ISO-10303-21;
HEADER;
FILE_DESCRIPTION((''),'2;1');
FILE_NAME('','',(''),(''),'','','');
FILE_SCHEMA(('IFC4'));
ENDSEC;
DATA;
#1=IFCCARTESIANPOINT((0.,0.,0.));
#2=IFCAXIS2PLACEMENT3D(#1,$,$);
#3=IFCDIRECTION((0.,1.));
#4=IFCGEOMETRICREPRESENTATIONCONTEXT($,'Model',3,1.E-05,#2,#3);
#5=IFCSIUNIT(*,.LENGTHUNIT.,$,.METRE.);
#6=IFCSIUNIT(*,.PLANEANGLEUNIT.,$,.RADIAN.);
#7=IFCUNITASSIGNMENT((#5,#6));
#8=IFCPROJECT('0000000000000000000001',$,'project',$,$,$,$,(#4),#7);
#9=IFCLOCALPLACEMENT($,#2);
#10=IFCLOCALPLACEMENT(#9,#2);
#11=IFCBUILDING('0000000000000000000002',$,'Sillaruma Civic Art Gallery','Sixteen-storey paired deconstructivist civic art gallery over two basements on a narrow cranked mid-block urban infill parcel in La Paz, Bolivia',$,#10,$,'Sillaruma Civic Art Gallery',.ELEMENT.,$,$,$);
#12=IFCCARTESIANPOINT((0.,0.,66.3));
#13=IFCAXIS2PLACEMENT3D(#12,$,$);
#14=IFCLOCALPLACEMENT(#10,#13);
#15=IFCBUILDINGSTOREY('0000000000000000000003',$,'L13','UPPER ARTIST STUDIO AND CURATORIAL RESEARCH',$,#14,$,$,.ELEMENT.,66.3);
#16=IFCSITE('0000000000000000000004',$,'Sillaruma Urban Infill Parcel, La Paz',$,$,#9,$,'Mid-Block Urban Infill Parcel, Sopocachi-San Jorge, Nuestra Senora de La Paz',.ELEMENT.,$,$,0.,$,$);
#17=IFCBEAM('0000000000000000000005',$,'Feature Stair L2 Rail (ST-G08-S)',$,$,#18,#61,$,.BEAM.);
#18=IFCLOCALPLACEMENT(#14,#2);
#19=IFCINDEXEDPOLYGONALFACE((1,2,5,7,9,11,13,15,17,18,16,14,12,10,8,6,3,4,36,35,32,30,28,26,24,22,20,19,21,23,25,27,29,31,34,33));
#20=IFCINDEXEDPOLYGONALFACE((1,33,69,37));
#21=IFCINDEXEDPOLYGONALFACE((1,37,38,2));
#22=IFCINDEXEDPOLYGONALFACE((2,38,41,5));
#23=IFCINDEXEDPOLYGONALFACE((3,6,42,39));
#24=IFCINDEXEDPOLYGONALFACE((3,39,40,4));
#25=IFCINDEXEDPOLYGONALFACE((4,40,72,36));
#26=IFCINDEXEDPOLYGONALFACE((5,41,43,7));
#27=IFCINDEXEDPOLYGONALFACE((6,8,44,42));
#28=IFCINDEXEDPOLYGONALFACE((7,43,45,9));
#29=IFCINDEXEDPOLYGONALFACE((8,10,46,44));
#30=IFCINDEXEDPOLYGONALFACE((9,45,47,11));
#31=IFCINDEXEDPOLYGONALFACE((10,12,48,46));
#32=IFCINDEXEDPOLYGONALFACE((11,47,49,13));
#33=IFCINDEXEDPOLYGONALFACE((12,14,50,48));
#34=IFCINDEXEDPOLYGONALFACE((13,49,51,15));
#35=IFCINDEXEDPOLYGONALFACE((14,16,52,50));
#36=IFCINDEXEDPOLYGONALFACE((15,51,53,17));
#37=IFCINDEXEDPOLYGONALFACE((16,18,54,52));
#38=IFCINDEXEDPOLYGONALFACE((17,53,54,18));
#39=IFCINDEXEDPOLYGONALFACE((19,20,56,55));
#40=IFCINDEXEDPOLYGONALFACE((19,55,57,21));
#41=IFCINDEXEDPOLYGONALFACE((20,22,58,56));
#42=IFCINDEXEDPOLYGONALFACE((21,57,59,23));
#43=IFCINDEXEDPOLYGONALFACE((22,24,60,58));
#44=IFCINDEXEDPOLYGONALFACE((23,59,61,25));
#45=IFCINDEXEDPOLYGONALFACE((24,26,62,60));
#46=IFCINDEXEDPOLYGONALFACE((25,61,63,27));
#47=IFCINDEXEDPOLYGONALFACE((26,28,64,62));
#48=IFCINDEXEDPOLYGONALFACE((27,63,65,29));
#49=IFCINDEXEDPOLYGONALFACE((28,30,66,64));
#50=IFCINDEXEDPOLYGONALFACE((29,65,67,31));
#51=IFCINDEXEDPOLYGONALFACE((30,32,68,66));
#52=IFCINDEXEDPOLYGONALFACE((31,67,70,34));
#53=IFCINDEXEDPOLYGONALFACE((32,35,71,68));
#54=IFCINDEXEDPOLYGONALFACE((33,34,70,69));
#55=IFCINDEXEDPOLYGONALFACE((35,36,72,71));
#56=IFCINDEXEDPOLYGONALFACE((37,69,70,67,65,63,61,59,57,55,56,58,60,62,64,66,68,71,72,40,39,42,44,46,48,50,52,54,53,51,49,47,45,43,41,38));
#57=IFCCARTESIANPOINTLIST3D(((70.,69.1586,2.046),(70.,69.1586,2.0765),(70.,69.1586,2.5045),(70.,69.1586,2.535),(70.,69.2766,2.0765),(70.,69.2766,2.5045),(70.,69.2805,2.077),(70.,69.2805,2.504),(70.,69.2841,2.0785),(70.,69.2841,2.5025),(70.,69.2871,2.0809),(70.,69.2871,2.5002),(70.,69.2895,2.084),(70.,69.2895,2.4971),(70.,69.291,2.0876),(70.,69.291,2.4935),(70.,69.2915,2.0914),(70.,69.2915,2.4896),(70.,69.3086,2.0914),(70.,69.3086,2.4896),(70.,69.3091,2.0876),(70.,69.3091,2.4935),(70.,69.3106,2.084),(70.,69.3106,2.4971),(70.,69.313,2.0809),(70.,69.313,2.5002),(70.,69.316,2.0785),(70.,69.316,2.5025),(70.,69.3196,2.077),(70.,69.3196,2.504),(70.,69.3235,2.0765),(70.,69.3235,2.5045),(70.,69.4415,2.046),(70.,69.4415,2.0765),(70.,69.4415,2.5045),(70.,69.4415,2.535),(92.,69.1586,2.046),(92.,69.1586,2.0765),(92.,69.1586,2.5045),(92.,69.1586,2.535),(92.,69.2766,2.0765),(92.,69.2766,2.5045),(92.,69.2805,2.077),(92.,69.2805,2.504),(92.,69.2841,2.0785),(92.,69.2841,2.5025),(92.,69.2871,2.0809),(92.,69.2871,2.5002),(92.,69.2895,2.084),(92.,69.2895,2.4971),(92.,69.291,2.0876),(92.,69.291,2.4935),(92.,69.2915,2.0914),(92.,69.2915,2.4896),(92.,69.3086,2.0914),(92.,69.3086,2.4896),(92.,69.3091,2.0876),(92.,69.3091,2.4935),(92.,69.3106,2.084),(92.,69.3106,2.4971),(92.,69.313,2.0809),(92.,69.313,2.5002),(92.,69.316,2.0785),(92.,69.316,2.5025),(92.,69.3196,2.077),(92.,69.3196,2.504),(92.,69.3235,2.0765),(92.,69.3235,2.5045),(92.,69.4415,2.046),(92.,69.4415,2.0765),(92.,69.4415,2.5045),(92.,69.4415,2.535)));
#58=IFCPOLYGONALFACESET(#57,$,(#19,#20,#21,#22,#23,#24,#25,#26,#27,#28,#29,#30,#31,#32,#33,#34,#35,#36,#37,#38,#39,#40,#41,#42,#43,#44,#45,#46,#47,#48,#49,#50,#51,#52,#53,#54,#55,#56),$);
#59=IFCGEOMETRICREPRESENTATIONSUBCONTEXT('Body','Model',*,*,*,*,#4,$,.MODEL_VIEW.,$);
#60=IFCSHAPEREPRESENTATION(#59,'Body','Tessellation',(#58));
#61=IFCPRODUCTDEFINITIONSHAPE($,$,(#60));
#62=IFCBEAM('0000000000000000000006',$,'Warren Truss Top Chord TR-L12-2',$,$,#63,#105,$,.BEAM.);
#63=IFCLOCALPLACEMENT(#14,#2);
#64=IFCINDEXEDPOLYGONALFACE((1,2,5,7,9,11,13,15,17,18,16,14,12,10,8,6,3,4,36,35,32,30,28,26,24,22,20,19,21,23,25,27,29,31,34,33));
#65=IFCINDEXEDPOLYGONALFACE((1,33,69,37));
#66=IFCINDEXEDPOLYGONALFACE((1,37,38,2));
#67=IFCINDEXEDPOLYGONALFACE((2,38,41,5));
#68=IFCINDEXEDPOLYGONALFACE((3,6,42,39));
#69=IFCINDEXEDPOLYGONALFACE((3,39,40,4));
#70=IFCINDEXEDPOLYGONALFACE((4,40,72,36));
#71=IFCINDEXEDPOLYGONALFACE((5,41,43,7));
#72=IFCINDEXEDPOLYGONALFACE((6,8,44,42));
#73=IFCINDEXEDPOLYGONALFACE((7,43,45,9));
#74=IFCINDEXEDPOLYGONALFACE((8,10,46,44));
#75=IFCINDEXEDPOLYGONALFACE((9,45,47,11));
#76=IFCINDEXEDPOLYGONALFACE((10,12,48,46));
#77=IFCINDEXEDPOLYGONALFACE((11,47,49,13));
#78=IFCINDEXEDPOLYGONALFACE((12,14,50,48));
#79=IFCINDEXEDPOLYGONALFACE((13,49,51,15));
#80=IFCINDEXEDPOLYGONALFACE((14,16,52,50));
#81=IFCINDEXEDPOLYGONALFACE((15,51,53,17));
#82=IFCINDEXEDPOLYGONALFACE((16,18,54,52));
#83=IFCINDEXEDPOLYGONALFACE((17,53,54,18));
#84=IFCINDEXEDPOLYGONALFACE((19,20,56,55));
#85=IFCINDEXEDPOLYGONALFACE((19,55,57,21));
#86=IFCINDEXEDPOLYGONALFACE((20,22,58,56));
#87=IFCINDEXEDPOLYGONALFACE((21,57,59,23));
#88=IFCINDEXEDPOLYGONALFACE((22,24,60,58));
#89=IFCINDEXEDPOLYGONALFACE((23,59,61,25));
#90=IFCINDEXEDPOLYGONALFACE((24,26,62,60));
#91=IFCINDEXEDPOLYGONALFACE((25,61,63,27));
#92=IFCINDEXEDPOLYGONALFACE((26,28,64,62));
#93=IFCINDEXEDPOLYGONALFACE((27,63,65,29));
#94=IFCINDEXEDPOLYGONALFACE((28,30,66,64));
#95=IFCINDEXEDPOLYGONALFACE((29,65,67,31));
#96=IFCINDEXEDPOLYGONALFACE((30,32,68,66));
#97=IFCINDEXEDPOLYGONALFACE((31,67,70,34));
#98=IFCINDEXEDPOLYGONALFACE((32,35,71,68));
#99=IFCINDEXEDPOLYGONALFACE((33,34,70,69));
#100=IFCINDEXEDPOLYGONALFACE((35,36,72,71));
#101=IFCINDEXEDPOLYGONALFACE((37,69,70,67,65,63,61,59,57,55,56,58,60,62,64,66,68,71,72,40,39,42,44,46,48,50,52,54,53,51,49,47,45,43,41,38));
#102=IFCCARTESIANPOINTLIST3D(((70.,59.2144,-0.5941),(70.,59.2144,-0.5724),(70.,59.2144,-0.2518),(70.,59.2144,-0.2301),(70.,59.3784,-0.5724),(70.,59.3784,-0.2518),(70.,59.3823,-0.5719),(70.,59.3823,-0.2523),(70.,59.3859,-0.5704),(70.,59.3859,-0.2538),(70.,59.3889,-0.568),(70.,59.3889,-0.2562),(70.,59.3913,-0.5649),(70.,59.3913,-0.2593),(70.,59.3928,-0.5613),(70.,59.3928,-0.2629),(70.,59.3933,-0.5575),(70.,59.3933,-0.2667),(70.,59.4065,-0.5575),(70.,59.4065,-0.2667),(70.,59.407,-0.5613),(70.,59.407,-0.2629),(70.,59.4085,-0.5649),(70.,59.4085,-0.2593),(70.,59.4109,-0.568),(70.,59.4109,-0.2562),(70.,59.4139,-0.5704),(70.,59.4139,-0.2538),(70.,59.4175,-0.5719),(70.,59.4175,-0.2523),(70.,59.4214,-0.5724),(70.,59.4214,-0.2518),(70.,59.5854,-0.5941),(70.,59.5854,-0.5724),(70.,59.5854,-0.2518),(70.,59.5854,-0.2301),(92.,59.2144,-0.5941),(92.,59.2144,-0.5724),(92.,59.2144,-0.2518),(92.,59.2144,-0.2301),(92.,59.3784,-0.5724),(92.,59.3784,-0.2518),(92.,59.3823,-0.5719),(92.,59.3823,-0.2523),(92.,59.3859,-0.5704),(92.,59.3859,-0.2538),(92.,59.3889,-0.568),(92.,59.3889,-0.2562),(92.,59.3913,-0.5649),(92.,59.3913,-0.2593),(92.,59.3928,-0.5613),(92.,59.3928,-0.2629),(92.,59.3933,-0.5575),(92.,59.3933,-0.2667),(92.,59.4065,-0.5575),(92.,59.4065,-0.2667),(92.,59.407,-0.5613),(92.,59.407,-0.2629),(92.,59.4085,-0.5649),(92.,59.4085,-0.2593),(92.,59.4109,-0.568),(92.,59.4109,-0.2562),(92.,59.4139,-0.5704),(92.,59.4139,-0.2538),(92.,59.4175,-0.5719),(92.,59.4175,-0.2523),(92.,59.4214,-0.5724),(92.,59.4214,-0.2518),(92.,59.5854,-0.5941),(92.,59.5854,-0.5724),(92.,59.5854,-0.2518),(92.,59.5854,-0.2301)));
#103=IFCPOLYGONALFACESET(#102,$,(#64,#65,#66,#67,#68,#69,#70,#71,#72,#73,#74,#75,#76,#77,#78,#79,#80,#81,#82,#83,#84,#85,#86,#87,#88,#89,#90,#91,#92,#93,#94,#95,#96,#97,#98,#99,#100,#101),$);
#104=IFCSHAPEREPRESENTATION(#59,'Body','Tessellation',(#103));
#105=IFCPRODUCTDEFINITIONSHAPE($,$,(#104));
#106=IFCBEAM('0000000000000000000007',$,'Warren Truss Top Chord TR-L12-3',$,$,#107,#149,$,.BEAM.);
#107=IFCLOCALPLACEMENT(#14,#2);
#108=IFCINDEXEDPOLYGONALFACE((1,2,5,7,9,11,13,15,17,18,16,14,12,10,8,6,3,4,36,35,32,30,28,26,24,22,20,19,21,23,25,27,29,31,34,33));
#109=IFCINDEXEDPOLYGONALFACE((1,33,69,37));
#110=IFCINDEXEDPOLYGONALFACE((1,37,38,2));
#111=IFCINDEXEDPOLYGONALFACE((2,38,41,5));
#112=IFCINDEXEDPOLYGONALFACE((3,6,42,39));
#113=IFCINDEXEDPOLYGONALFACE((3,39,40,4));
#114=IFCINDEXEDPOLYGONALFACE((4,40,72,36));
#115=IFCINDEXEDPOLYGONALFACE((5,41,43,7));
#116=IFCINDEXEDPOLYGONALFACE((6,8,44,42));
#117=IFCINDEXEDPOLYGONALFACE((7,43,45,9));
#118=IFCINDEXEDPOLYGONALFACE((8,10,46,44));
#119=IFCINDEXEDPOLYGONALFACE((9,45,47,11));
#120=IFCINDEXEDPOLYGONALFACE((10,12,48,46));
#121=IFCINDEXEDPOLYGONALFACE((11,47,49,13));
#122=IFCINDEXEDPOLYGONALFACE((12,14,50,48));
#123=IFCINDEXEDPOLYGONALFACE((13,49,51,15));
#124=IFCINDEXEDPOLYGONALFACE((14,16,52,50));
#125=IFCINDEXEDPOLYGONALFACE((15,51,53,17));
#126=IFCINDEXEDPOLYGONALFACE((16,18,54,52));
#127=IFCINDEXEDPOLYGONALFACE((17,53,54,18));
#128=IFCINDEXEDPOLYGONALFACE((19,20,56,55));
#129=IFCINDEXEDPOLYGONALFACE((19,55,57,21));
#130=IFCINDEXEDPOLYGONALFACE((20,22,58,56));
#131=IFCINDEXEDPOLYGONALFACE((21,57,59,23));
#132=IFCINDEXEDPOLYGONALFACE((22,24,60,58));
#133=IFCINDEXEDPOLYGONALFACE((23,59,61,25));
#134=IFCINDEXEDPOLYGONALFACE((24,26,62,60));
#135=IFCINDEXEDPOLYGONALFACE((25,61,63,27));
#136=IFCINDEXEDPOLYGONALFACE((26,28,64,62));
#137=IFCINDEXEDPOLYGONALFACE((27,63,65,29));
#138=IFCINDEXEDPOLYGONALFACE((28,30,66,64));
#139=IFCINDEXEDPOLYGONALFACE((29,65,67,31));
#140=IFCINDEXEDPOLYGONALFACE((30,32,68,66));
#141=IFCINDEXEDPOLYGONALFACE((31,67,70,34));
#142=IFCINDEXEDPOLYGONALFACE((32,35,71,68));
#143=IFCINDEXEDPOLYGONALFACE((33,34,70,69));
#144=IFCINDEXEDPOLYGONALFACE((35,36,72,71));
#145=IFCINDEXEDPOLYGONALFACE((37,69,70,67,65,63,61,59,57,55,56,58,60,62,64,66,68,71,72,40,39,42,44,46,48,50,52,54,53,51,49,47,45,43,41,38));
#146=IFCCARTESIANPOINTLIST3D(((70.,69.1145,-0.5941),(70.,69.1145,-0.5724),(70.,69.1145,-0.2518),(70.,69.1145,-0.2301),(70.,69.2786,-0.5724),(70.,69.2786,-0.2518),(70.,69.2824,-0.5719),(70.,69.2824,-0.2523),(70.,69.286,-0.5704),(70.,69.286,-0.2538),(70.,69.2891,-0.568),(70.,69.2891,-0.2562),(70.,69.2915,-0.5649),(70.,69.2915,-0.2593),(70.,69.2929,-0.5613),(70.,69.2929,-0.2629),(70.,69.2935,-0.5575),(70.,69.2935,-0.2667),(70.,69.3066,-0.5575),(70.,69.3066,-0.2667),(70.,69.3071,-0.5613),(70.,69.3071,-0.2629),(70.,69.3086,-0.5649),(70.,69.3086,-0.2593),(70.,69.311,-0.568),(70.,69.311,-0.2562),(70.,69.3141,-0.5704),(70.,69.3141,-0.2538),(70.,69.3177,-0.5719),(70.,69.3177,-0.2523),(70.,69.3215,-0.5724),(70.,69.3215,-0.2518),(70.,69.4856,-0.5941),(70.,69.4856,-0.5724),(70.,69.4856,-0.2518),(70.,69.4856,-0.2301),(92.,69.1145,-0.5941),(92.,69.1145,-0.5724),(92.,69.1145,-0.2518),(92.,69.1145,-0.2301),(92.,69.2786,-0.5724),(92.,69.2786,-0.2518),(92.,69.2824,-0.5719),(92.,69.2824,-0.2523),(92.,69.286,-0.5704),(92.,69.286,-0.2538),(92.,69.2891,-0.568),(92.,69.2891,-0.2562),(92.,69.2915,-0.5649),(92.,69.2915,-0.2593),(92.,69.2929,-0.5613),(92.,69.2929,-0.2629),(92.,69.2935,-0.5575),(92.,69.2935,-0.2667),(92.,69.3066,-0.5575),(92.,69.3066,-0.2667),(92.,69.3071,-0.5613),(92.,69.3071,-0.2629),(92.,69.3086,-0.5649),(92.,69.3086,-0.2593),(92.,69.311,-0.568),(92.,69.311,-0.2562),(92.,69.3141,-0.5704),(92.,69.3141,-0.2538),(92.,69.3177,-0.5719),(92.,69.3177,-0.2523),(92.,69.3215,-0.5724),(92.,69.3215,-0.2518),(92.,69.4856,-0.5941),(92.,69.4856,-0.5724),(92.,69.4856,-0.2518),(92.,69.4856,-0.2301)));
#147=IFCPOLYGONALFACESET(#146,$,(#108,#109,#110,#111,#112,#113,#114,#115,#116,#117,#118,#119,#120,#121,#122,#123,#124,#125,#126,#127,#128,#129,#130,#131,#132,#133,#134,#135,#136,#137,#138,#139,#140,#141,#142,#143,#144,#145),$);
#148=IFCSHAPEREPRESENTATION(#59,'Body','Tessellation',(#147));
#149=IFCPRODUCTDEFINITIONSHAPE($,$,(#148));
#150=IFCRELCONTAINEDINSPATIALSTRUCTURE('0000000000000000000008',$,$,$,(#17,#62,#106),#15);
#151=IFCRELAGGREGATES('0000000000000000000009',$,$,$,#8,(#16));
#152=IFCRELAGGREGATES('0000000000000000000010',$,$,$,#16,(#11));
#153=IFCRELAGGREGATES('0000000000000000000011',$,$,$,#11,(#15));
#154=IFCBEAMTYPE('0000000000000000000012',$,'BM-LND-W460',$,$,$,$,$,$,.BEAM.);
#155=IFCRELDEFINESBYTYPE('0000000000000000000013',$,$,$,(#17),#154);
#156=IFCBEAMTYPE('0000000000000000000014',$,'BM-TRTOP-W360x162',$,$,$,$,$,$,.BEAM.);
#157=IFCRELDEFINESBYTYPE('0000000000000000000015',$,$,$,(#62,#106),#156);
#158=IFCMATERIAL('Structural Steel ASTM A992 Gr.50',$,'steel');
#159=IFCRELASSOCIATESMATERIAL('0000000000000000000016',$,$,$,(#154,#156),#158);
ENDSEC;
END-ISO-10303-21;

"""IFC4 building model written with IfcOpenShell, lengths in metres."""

from ifc_helpers import new_model, si_unit, direction, frame, origin, origin_2d, place, context, subcontext, project, spatial, i_section, extrude, material, material_profile, profile_set, type_object, element, save


model = new_model("IFC4")

# Units and contexts
model_context = context("Model", 3, precision=1e-05, world=origin(), true_north=direction((0.0, 1.0)))
body_context = subcontext(model_context, "Body", "Model", "MODEL_VIEW")
ifc_project = project(units=[si_unit("LENGTHUNIT", "METRE"), si_unit("PLANEANGLEUNIT", "RADIAN")], contexts=[model_context])

# Site, building, storey
site_placement = place(None, origin())
site = spatial("IfcSite", under=ifc_project, at=site_placement, Name="Sillaruma Urban Infill Parcel, La Paz", LongName="Mid-Block Urban Infill Parcel, Sopocachi-San Jorge, Nuestra Senora de La Paz", CompositionType="ELEMENT", RefElevation=0.0)
building_placement = place(site_placement, origin())
building = spatial("IfcBuilding", under=site, at=building_placement, Name="Sillaruma Civic Art Gallery", Description="Sixteen-storey paired deconstructivist civic art gallery over two basements on a narrow cranked mid-block urban infill parcel in La Paz, Bolivia", LongName="Sillaruma Civic Art Gallery", CompositionType="ELEMENT")
storey_placement = place(building_placement, frame((0.0, 0.0, 66.3)))
storey = spatial("IfcBuildingStorey", under=building, at=storey_placement, Name="L13", Description="UPPER ARTIST STUDIO AND CURATORIAL RESEARCH", CompositionType="ELEMENT", Elevation=66.3)

# Beams
ifc_material_1 = material(Name="Structural Steel ASTM A992 Gr.50", Category="steel")
ifc_material_profile_1 = material_profile(ifc_material_1, i_section(OverallWidth=0.283, OverallDepth=0.489, WebThickness=0.0171, FlangeThickness=0.0305, FilletRadius=0.0149, at=origin_2d()), Name="W460x193")
ifc_profile_set_1 = profile_set([ifc_material_profile_1], Name="Structural Steel ASTM A992 Gr.50")
beam_type_1 = type_object("IfcBeamType", Name="BM-LND-W460", PredefinedType="BEAM", material=ifc_profile_set_1)
for number, where, z_axis, x_axis, name in (
    (1, (70.0, 69.3, 2.2905), (1.0, 0.0, 0.0), (0.0, 1.0, 0.0), "Feature Stair L2 Rail (ST-G08-S)"),
):
    element("IfcBeam", number, at=place(storey_placement, frame(where, z_axis=z_axis, x_axis=x_axis)), inside=storey, type_object=beam_type_1, Name=name, PredefinedType="BEAM", context=body_context, shape_type="SweptSolid", body=[
        extrude(i_section(OverallWidth=0.283, OverallDepth=0.489, WebThickness=0.0171, FlangeThickness=0.0305, FilletRadius=0.0149, at=origin_2d()), origin(), (0.0, 0.0, 1.0), 22.0),
    ])
ifc_material_profile_2 = material_profile(ifc_material_1, i_section(OverallWidth=0.3711, OverallDepth=0.364, WebThickness=0.0132, FlangeThickness=0.0217, FilletRadius=0.0149, at=origin_2d()), Name="W360x162")
ifc_profile_set_2 = profile_set([ifc_material_profile_2], Name="Structural Steel ASTM A992 Gr.50")
beam_type_2 = type_object("IfcBeamType", Name="BM-TRTOP-W360x162", PredefinedType="BEAM", material=ifc_profile_set_2)
for number, where, z_axis, x_axis, name in (
    (2, (70.0, 59.3999, -0.4121), (1.0, 0.0, 0.0), (0.0, 1.0, 0.0), "Warren Truss Top Chord TR-L12-2"),
    (3, (70.0, 69.3, -0.4121), (1.0, 0.0, 0.0), (0.0, 1.0, 0.0), "Warren Truss Top Chord TR-L12-3"),
):
    element("IfcBeam", number, at=place(storey_placement, frame(where, z_axis=z_axis, x_axis=x_axis)), inside=storey, type_object=beam_type_2, Name=name, PredefinedType="BEAM", context=body_context, shape_type="SweptSolid", body=[
        extrude(i_section(OverallWidth=0.3711, OverallDepth=0.364, WebThickness=0.0132, FlangeThickness=0.0217, FilletRadius=0.0149, at=origin_2d()), origin(), (0.0, 0.0, 1.0), 22.0),
    ])

save(model, "model.ifc")
